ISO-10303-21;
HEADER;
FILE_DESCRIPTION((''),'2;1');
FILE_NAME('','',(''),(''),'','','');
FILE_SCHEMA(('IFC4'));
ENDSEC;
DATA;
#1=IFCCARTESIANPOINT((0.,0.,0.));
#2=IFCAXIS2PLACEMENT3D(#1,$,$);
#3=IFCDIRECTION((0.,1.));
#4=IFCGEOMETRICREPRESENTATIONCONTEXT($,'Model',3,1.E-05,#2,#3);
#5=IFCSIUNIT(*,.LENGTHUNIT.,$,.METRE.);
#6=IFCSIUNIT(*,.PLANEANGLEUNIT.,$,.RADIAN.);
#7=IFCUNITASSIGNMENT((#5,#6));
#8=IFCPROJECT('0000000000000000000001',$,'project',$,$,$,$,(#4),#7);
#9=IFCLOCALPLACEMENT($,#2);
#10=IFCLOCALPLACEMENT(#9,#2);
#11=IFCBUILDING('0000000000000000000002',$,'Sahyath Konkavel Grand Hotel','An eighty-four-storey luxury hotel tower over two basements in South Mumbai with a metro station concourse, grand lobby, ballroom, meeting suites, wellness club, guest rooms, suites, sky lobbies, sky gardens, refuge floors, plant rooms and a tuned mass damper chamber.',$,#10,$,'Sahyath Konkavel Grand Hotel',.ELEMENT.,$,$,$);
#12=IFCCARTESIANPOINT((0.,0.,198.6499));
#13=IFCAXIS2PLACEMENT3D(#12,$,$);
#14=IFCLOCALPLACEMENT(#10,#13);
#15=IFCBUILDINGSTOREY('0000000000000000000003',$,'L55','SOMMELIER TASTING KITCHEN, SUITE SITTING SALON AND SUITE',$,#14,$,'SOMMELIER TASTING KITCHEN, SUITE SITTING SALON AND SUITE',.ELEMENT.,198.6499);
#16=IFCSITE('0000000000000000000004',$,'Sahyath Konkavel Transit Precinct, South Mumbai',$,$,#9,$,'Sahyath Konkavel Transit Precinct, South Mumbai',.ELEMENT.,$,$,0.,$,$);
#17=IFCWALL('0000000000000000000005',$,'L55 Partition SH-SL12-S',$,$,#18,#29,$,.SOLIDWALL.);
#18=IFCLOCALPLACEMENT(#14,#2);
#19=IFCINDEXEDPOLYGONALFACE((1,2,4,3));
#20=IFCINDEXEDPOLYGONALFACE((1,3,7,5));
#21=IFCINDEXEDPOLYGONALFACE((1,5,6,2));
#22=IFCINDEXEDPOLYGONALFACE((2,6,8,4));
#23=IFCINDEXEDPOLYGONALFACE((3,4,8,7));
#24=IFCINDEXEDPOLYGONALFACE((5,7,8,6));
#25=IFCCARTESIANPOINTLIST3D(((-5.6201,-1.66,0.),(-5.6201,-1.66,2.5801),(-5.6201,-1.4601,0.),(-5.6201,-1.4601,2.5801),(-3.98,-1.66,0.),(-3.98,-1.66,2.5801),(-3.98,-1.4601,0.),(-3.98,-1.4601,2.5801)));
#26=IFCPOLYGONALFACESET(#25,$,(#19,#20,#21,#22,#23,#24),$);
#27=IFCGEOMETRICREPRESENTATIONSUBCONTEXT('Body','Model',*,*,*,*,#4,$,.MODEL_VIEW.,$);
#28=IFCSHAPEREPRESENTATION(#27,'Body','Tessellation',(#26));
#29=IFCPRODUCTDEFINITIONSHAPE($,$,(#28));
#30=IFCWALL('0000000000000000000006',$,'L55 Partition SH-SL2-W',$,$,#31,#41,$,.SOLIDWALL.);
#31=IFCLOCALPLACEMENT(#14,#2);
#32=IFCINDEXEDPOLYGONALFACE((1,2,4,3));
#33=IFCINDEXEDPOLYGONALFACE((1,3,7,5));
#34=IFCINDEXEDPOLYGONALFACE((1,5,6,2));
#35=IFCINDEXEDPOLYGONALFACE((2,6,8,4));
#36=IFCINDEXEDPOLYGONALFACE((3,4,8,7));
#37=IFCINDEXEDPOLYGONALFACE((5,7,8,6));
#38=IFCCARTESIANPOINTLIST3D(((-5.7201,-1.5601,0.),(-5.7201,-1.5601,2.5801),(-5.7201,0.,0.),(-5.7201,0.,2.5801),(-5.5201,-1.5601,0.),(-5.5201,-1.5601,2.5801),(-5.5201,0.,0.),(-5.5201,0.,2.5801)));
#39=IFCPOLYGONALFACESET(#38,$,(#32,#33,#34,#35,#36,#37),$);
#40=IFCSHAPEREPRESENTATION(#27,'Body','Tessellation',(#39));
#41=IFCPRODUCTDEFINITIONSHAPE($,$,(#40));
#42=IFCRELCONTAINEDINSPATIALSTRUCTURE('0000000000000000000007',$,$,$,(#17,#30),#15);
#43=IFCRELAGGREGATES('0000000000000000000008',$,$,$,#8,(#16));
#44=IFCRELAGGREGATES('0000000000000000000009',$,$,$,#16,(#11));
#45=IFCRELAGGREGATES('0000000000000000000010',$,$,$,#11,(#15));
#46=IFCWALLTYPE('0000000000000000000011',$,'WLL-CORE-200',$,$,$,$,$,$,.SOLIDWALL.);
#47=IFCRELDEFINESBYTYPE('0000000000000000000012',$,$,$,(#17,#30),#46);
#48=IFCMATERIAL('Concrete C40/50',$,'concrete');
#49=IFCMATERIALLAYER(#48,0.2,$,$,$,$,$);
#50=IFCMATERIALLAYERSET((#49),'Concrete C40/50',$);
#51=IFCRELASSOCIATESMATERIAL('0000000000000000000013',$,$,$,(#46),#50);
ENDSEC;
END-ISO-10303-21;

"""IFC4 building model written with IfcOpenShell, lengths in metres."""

from ifc_helpers import new_model, si_unit, direction, frame, frame_2d, origin, place, context, subcontext, project, spatial, rectangle, extrude, material, layer, layer_set, type_object, element, save


model = new_model("IFC4")

# Units and contexts
model_context = context("Model", 3, precision=1e-05, world=origin(), true_north=direction((0.0, 1.0)))
body_context = subcontext(model_context, "Body", "Model", "MODEL_VIEW")
ifc_project = project(units=[si_unit("LENGTHUNIT", "METRE"), si_unit("PLANEANGLEUNIT", "RADIAN")], contexts=[model_context])

# Site, building, storey
site_placement = place(None, origin())
site = spatial("IfcSite", under=ifc_project, at=site_placement, Name="Sahyath Konkavel Transit Precinct, South Mumbai", LongName="Sahyath Konkavel Transit Precinct, South Mumbai", CompositionType="ELEMENT", RefElevation=0.0)
building_placement = place(site_placement, origin())
building = spatial("IfcBuilding", under=site, at=building_placement, Name="Sahyath Konkavel Grand Hotel", Description="An eighty-four-storey luxury hotel tower over two basements in South Mumbai with a metro station concourse, grand lobby, ballroom, meeting suites, wellness club, guest rooms, suites, sky lobbies, sky gardens, refuge floors, plant rooms and a tuned mass damper chamber.", LongName="Sahyath Konkavel Grand Hotel", CompositionType="ELEMENT")
storey_placement = place(building_placement, frame((0.0, 0.0, 198.6499)))
storey = spatial("IfcBuildingStorey", under=building, at=storey_placement, Name="L55", Description="SOMMELIER TASTING KITCHEN, SUITE SITTING SALON AND SUITE", LongName="SOMMELIER TASTING KITCHEN, SUITE SITTING SALON AND SUITE", CompositionType="ELEMENT", Elevation=198.6499)

# Shared definitions
ifc_material_1 = material(Name="Concrete C40/50", Category="concrete")

# Shared definitions
ifc_layer_1 = layer(ifc_material_1, 0.2)
ifc_layer_set_1 = layer_set([ifc_layer_1], Name="Concrete C40/50")
wall_type_1 = type_object("IfcWallType", Name="WLL-CORE-200", PredefinedType="SOLIDWALL", material=ifc_layer_set_1)

# Walls
wall_1_placement = place(storey_placement, frame((-5.6201, -1.5601, 0.0), z_axis=(0.0, 0.0, 1.0), x_axis=(1.0, 0.0, 0.0)))
element("IfcWall", 1, at=wall_1_placement, inside=storey, type_object=wall_type_1, Name="L55 Partition SH-SL12-S", PredefinedType="SOLIDWALL", context=body_context, shape_type="SweptSolid", body=[
    extrude(rectangle(XDim=1.6401, YDim=0.2, at=frame_2d((0.8201, 0.0))), origin(), (0.0, 0.0, 1.0), 2.5801),
])
wall_2_placement = place(storey_placement, frame((-5.6201, -1.5601, 0.0), z_axis=(0.0, 0.0, 1.0), x_axis=(0.0, 1.0, 0.0)))
element("IfcWall", 2, at=wall_2_placement, inside=storey, type_object=wall_type_1, Name="L55 Partition SH-SL2-W", PredefinedType="SOLIDWALL", context=body_context, shape_type="SweptSolid", body=[
    extrude(rectangle(XDim=1.5601, YDim=0.2, at=frame_2d((0.78, 0.0))), origin(), (0.0, 0.0, 1.0), 2.5801),
])

save(model, "model.ifc")
